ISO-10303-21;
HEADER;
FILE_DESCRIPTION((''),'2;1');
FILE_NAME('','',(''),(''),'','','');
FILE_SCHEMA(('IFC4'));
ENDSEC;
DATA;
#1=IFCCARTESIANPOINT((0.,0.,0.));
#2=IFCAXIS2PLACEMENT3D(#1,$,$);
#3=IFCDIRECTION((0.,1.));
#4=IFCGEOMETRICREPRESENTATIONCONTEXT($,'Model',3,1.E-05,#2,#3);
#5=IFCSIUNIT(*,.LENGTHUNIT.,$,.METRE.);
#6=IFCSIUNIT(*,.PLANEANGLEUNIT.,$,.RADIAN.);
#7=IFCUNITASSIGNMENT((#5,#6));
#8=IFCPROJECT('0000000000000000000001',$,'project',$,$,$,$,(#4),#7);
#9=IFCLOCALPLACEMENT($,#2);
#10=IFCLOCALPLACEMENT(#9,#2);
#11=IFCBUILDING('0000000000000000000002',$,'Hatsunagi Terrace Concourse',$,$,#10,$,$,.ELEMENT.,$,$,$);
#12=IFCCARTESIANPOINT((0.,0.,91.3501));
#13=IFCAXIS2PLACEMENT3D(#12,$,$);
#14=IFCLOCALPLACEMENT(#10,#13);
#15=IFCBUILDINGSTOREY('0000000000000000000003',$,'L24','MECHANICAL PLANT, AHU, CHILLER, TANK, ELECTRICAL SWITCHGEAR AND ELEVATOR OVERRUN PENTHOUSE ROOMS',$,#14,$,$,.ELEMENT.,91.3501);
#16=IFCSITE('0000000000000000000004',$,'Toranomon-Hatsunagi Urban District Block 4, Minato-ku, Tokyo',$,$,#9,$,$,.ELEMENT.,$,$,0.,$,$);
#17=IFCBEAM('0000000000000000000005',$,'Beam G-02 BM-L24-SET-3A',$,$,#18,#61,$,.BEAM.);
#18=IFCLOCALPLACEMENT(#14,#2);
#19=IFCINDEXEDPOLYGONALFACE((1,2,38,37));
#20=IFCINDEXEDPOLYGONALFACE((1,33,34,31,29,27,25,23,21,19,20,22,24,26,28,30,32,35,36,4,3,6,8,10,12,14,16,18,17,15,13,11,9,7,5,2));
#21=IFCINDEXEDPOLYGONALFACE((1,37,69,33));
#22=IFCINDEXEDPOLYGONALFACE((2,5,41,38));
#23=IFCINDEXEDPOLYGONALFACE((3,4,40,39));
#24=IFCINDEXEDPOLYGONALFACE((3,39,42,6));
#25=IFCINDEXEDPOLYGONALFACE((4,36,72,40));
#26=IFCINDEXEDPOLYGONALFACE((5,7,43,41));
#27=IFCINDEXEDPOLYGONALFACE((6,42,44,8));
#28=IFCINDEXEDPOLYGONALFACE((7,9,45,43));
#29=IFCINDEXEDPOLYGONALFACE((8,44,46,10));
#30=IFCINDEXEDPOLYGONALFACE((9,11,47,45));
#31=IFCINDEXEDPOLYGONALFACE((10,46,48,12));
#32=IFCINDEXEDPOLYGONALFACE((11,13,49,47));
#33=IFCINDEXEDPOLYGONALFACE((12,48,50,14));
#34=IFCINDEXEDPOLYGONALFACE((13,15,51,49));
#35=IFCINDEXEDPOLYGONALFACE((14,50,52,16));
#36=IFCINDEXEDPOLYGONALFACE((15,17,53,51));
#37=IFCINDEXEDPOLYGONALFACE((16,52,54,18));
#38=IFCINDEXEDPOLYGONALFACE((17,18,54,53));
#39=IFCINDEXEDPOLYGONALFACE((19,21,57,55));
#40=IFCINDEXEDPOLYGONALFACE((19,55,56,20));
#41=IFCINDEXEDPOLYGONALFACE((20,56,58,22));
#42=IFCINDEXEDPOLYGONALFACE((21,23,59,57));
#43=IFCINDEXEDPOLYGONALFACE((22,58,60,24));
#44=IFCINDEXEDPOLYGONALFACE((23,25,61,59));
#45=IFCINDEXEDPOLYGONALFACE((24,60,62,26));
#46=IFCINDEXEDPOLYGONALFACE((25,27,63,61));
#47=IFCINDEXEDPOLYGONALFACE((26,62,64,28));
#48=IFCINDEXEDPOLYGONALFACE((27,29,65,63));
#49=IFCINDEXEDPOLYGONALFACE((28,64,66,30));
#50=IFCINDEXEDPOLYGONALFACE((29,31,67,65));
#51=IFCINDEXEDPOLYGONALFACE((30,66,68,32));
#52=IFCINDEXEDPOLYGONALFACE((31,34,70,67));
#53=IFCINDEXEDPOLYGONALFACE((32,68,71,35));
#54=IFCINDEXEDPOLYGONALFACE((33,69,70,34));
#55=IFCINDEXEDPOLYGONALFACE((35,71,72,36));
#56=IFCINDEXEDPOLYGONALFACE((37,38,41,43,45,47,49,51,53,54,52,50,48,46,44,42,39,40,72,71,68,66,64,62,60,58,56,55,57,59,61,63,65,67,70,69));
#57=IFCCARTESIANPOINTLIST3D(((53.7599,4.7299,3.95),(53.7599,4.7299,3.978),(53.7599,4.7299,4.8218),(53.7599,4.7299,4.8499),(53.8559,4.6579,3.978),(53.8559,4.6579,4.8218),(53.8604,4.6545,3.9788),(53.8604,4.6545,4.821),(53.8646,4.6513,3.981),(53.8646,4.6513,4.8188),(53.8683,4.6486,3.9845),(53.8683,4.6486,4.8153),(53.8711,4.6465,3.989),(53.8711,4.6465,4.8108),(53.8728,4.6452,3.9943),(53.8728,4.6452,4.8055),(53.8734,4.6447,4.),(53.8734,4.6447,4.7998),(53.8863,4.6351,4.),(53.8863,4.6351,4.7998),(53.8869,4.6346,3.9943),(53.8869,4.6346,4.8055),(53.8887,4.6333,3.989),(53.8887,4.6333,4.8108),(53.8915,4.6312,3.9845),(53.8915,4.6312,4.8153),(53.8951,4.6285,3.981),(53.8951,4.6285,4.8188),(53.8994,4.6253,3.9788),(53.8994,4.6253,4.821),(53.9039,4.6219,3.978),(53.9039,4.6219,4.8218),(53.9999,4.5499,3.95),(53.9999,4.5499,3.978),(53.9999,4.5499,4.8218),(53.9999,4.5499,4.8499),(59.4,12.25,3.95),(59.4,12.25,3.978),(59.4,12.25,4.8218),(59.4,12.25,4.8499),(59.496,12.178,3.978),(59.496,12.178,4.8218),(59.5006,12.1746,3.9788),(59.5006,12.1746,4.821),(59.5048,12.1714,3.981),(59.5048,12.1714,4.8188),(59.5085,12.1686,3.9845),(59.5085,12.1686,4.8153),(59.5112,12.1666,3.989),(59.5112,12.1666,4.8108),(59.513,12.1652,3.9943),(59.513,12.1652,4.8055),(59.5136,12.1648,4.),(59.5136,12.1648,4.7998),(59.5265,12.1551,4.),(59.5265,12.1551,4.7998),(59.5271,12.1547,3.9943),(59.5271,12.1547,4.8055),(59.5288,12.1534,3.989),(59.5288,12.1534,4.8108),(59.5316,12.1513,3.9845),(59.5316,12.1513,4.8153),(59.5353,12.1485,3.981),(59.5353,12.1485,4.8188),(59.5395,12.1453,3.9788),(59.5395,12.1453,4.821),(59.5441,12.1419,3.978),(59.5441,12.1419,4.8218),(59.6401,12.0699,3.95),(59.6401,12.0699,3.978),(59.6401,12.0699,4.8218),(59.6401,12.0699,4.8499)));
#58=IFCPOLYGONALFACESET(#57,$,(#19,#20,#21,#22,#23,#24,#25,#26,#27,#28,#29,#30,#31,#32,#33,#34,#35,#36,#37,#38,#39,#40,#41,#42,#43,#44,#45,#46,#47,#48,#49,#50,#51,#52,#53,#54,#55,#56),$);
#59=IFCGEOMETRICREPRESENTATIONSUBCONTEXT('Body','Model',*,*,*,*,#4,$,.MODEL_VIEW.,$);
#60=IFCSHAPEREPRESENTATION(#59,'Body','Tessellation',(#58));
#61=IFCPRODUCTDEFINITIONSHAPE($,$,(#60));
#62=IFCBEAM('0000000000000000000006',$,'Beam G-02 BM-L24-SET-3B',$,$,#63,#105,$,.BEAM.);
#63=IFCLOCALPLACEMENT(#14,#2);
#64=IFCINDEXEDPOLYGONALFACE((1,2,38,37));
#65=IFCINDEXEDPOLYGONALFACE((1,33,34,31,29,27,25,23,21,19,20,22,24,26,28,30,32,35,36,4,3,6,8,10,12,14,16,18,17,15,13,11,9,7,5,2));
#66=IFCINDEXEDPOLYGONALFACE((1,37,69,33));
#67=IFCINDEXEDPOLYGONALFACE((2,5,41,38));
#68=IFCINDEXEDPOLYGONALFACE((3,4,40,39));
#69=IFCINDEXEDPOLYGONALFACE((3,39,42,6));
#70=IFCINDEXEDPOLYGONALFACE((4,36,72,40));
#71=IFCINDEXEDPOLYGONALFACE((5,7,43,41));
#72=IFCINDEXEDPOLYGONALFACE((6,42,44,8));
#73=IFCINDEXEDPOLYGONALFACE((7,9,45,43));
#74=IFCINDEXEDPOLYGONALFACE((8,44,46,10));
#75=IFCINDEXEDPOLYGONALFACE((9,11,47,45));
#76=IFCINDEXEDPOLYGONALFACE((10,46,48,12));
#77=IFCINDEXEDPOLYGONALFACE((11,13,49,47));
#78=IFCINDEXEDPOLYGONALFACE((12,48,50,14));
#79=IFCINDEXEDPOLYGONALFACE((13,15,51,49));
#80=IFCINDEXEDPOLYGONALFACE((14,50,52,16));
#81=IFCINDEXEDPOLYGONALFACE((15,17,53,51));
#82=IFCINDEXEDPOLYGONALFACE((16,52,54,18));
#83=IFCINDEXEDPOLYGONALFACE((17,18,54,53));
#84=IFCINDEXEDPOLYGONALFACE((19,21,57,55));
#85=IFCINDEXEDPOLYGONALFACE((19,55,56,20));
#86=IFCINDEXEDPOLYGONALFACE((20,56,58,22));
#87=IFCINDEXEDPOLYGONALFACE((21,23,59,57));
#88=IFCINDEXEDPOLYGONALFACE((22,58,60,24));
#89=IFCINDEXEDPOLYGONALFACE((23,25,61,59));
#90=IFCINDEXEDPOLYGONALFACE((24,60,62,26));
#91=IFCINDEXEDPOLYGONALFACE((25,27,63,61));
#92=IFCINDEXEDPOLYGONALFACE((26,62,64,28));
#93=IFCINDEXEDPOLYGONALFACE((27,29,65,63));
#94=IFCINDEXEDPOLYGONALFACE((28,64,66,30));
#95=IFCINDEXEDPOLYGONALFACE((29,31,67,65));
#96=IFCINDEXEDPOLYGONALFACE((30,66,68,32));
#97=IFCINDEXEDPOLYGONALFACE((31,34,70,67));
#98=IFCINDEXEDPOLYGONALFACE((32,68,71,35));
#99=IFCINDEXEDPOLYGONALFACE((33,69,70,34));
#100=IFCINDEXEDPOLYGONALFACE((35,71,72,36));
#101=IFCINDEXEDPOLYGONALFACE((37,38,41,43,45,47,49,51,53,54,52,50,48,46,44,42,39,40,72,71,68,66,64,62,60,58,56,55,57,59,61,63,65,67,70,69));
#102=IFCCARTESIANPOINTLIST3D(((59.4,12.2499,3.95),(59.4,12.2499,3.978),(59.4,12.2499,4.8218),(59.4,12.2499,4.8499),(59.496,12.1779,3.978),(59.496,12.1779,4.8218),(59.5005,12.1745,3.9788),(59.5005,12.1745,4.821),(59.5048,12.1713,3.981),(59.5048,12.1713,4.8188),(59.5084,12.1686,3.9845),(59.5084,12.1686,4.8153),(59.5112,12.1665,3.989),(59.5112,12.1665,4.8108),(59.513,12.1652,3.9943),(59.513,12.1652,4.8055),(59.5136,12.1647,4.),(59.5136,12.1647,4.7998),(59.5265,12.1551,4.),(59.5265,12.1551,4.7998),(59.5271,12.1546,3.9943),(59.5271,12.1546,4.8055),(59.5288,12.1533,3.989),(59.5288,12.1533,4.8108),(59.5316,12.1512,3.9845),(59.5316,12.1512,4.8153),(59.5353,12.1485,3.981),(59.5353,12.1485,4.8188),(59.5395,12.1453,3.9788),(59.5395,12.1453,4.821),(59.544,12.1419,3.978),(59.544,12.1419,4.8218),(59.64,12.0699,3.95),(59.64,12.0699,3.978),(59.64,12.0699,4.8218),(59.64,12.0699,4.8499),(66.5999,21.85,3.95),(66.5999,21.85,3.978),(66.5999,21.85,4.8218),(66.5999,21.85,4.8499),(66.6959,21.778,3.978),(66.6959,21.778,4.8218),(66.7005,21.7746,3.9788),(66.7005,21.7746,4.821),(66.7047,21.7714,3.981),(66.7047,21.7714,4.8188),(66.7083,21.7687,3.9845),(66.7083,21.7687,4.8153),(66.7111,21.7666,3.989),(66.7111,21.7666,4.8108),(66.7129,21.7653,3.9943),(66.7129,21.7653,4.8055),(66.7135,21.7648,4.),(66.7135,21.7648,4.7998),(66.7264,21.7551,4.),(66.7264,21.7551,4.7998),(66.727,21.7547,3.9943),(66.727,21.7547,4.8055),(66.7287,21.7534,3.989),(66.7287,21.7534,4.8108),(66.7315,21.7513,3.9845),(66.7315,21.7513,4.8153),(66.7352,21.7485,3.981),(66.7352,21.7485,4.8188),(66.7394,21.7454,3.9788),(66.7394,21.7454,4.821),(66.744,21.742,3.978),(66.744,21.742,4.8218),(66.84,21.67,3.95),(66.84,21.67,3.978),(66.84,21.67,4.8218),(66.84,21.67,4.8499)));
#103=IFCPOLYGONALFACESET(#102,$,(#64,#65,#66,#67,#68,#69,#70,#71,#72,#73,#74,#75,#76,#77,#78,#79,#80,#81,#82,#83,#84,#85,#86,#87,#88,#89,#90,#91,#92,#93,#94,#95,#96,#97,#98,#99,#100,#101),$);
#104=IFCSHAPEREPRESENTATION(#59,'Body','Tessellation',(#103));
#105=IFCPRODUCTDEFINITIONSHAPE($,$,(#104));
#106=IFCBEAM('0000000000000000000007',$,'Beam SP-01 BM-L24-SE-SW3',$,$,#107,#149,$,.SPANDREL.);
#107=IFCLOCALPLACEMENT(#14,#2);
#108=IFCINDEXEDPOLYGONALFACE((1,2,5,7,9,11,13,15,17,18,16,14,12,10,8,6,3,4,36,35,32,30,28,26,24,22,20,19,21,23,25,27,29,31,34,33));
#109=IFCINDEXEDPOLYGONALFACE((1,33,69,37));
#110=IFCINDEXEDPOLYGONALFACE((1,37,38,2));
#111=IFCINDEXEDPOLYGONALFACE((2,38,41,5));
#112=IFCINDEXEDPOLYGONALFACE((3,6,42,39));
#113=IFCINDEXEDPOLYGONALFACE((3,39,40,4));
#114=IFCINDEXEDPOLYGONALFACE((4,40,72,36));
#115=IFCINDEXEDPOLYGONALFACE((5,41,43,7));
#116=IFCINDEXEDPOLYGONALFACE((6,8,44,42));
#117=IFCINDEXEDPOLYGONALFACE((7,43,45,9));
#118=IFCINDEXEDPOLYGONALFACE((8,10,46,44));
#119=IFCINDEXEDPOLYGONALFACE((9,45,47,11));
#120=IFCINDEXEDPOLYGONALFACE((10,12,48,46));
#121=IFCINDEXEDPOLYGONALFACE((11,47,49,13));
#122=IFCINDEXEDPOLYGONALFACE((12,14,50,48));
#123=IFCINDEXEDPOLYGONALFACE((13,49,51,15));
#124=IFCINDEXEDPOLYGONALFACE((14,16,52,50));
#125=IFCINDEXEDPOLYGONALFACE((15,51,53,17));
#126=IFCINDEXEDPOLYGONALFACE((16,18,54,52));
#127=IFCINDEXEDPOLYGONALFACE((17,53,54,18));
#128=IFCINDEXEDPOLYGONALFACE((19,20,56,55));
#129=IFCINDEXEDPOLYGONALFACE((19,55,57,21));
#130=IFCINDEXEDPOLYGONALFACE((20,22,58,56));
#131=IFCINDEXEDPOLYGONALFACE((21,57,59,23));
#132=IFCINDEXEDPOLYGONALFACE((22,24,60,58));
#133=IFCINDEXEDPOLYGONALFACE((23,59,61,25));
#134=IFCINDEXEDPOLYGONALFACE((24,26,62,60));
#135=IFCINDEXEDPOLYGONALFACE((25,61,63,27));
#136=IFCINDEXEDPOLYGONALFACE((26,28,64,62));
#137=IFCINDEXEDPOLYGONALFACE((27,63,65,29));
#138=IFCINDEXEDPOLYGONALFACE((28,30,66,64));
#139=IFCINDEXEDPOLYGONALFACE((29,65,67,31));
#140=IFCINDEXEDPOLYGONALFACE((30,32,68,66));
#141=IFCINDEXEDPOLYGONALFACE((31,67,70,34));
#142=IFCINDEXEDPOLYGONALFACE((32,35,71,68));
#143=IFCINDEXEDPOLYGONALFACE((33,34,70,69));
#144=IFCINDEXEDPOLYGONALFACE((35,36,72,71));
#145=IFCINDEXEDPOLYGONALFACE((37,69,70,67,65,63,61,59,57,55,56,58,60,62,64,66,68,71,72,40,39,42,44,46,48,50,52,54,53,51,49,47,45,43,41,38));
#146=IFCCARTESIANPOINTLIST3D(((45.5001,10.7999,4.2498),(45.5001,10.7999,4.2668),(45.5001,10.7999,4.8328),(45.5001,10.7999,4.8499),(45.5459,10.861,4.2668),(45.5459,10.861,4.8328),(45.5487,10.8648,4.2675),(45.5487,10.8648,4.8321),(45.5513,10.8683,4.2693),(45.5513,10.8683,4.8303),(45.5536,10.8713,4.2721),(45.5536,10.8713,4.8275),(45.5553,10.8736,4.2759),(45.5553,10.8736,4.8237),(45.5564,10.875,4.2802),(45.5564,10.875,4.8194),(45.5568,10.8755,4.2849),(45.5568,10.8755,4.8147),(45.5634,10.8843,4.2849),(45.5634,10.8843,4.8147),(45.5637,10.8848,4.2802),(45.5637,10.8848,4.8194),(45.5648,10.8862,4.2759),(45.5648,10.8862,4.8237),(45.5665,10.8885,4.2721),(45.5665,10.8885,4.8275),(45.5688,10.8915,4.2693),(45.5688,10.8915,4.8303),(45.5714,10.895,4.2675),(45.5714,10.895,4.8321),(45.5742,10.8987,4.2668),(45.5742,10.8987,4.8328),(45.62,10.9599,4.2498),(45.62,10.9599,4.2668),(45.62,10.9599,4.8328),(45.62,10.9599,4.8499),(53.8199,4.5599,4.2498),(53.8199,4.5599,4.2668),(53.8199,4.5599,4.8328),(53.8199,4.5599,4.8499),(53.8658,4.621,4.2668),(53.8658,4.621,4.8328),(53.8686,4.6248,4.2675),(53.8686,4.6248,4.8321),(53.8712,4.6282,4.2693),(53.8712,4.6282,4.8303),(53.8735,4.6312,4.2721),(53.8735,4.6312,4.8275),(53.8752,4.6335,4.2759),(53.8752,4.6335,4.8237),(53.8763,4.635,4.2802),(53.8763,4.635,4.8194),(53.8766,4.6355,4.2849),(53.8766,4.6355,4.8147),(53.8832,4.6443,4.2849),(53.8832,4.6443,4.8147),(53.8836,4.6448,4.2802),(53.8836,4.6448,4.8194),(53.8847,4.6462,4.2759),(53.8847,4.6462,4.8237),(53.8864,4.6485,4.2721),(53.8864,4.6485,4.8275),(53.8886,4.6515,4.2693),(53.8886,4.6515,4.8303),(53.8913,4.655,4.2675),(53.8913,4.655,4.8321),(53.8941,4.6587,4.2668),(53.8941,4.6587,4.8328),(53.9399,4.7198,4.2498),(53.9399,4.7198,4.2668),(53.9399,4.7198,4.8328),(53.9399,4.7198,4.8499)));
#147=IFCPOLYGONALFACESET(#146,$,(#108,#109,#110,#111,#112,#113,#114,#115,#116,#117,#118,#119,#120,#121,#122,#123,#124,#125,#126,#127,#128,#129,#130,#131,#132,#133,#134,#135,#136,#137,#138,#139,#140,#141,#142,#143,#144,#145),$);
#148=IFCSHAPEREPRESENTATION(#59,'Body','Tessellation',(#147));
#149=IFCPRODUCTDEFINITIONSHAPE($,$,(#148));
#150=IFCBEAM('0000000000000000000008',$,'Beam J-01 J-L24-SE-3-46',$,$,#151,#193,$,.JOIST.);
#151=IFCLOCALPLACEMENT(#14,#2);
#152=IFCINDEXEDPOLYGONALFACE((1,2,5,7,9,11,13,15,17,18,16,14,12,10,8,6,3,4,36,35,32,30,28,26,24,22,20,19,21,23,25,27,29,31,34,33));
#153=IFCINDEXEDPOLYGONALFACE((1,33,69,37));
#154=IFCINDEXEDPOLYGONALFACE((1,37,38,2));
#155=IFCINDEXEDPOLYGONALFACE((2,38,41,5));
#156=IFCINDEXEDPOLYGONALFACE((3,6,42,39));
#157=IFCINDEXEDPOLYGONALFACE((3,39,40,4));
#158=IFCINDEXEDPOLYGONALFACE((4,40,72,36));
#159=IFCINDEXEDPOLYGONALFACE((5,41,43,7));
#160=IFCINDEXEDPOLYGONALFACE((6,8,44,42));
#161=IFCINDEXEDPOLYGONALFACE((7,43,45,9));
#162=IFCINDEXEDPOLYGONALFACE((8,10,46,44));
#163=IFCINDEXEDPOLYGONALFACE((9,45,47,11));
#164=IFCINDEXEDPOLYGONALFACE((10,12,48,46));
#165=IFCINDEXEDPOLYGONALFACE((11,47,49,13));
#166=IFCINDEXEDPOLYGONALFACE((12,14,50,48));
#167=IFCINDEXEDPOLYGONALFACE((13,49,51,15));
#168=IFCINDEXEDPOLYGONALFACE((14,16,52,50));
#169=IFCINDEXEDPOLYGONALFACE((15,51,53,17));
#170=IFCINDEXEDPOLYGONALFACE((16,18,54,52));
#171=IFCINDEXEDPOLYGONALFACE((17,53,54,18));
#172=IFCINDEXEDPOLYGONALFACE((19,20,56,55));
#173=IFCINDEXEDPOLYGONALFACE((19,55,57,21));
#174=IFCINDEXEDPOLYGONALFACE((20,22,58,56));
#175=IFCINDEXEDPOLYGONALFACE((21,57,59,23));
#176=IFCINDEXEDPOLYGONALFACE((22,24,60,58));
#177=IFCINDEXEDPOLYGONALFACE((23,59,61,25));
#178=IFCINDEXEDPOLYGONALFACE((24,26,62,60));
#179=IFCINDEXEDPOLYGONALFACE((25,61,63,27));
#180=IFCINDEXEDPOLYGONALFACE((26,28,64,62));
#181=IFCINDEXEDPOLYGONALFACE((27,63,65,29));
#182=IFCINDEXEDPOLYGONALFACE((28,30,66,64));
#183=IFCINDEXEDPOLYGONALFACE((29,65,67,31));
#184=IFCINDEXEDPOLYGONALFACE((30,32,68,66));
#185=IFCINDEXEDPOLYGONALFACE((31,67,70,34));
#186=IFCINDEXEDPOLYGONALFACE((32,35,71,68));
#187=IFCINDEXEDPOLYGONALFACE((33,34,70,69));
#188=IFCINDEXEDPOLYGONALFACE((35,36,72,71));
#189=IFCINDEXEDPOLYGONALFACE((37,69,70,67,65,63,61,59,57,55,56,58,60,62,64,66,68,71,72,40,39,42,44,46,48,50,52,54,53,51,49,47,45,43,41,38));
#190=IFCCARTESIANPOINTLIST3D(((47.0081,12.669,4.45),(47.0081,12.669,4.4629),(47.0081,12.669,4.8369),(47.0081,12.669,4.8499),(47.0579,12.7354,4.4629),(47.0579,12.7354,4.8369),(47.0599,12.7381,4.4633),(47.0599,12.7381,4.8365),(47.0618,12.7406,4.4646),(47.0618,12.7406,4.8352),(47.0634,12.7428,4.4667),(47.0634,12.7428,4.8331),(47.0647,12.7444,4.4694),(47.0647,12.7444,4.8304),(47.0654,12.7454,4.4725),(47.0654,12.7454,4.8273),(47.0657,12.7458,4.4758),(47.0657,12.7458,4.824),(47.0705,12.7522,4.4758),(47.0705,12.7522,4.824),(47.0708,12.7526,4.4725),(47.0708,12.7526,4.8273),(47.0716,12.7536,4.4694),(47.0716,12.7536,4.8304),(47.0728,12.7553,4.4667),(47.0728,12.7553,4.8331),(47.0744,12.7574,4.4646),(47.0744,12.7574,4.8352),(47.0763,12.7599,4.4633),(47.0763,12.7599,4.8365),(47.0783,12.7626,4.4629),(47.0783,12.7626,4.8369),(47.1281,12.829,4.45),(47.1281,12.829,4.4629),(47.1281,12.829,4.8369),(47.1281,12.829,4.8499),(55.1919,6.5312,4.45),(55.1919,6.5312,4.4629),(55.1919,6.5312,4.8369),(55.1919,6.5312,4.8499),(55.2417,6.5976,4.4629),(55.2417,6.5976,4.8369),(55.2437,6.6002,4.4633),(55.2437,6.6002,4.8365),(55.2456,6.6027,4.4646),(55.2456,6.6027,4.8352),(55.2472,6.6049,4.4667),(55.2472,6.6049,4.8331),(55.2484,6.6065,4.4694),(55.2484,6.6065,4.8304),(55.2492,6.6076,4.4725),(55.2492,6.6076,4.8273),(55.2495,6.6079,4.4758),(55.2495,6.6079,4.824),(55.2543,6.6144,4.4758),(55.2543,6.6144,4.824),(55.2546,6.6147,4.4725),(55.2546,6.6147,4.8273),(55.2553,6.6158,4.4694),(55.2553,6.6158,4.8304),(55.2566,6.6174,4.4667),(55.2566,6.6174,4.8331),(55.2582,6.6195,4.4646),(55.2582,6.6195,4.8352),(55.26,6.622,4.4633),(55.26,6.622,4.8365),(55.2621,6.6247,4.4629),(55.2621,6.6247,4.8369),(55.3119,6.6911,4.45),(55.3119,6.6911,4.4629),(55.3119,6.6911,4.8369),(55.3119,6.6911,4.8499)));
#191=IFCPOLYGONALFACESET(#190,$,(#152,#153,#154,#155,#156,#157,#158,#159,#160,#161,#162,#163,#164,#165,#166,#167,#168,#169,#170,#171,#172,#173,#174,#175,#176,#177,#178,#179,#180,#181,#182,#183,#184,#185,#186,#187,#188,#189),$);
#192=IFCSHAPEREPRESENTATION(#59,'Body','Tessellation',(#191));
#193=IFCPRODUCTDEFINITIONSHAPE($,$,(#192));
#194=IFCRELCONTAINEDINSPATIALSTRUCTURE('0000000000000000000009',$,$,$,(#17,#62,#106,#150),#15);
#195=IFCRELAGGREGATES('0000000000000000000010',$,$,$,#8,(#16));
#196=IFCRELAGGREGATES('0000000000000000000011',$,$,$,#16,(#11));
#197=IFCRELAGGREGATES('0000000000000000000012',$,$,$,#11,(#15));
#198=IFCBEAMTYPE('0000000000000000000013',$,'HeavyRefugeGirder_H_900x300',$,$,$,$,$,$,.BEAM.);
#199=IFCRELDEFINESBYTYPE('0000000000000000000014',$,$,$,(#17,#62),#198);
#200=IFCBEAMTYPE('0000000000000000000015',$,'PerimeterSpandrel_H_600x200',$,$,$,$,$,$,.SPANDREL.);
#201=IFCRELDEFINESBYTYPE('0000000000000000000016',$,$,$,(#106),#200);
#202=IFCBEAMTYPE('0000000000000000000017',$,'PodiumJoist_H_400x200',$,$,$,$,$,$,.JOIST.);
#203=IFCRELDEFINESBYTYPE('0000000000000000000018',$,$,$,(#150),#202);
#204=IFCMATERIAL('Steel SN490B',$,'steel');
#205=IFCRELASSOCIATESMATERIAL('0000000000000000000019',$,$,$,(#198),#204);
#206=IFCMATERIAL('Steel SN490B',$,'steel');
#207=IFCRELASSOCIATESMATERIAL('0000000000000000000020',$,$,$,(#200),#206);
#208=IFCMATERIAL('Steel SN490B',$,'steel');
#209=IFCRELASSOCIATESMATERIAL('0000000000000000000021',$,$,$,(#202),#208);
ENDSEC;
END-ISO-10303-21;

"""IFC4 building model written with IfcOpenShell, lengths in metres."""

from ifc_helpers import new_model, si_unit, direction, frame, origin, origin_2d, place, context, subcontext, project, spatial, i_section, extrude, material, material_profile, profile_set, type_object, element, save


model = new_model("IFC4")

# Units and contexts
model_context = context("Model", 3, precision=1e-05, world=origin(), true_north=direction((0.0, 1.0)))
body_context = subcontext(model_context, "Body", "Model", "MODEL_VIEW")
ifc_project = project(units=[si_unit("LENGTHUNIT", "METRE"), si_unit("PLANEANGLEUNIT", "RADIAN")], contexts=[model_context])

# Site, building, storey
site_placement = place(None, origin())
site = spatial("IfcSite", under=ifc_project, at=site_placement, Name="Toranomon-Hatsunagi Urban District Block 4, Minato-ku, Tokyo", CompositionType="ELEMENT", RefElevation=0.0)
building_placement = place(site_placement, origin())
building = spatial("IfcBuilding", under=site, at=building_placement, Name="Hatsunagi Terrace Concourse", CompositionType="ELEMENT")
storey_placement = place(building_placement, frame((0.0, 0.0, 91.3501)))
storey = spatial("IfcBuildingStorey", under=building, at=storey_placement, Name="L24", Description="MECHANICAL PLANT, AHU, CHILLER, TANK, ELECTRICAL SWITCHGEAR AND ELEVATOR OVERRUN PENTHOUSE ROOMS", CompositionType="ELEMENT", Elevation=91.3501)

# Beams
ifc_material_1 = material(Name="Steel SN490B", Category="steel")
ifc_material_profile_1 = material_profile(ifc_material_1, i_section(OverallWidth=0.3, OverallDepth=0.8999, WebThickness=0.0161, FlangeThickness=0.0281, FilletRadius=0.022, at=origin_2d()), Name="H-900x300x16x28")
ifc_profile_set_1 = profile_set([ifc_material_profile_1], Name="Steel SN490B")
beam_type_1 = type_object("IfcBeamType", Name="HeavyRefugeGirder_H_900x300", PredefinedType="BEAM", material=ifc_profile_set_1)
beam_1_placement = place(storey_placement, frame((53.8799, 4.6399, 4.3999), z_axis=(0.600008, 0.799994, 0.0), x_axis=(-0.799994, 0.600008, 0.0)))
element("IfcBeam", 1, at=beam_1_placement, inside=storey, type_object=beam_type_1, Name="Beam G-02 BM-L24-SET-3A", PredefinedType="BEAM", context=body_context, shape_type="SweptSolid", body=[
    extrude(i_section(OverallWidth=0.3, OverallDepth=0.8999, WebThickness=0.0161, FlangeThickness=0.0281, FilletRadius=0.022, at=origin_2d()), origin(), (0.0, 0.0, 1.0), 9.4001),
])
beam_2_placement = place(storey_placement, frame((59.52, 12.1599, 4.3999), z_axis=(0.599993, 0.800005, 0.0), x_axis=(-0.800005, 0.599993, 0.0)))
element("IfcBeam", 2, at=beam_2_placement, inside=storey, type_object=beam_type_1, Name="Beam G-02 BM-L24-SET-3B", PredefinedType="BEAM", context=body_context, shape_type="SweptSolid", body=[
    extrude(i_section(OverallWidth=0.3, OverallDepth=0.8999, WebThickness=0.0161, FlangeThickness=0.0281, FilletRadius=0.022, at=origin_2d()), origin(), (0.0, 0.0, 1.0), 12.0),
])
ifc_material_2 = material(Name="Steel SN490B", Category="steel")
ifc_material_profile_2 = material_profile(ifc_material_2, i_section(OverallWidth=0.2, OverallDepth=0.6001, WebThickness=0.011, FlangeThickness=0.0171, FilletRadius=0.0181, at=origin_2d()), Name="H-600x200x11x17")
ifc_profile_set_2 = profile_set([ifc_material_profile_2], Name="Steel SN490B")
beam_type_2 = type_object("IfcBeamType", Name="PerimeterSpandrel_H_600x200", PredefinedType="SPANDREL", material=ifc_profile_set_2)
beam_3_placement = place(storey_placement, frame((45.5601, 10.8799, 4.5498), z_axis=(0.799994, -0.600008, 0.0), x_axis=(0.600008, 0.799994, 0.0)))
element("IfcBeam", 3, at=beam_3_placement, inside=storey, type_object=beam_type_2, Name="Beam SP-01 BM-L24-SE-SW3", PredefinedType="SPANDREL", context=body_context, shape_type="SweptSolid", body=[
    extrude(i_section(OverallWidth=0.2, OverallDepth=0.6001, WebThickness=0.011, FlangeThickness=0.0171, FilletRadius=0.0181, at=origin_2d()), origin(), (0.0, 0.0, 1.0), 10.3999),
])
ifc_material_3 = material(Name="Steel SN490B", Category="steel")
ifc_material_profile_3 = material_profile(ifc_material_3, i_section(OverallWidth=0.2, OverallDepth=0.3999, WebThickness=0.0081, FlangeThickness=0.0129, FilletRadius=0.0129, at=origin_2d()), Name="H-400x200x8x13")
ifc_profile_set_3 = profile_set([ifc_material_profile_3], Name="Steel SN490B")
beam_type_3 = type_object("IfcBeamType", Name="PodiumJoist_H_400x200", PredefinedType="JOIST", material=ifc_profile_set_3)
beam_4_placement = place(storey_placement, frame((47.0681, 12.749, 4.6499), z_axis=(0.799997, -0.600004, 0.0), x_axis=(0.600004, 0.799997, 0.0)))
element("IfcBeam", 4, at=beam_4_placement, inside=storey, type_object=beam_type_3, Name="Beam J-01 J-L24-SE-3-46", PredefinedType="JOIST", context=body_context, shape_type="SweptSolid", body=[
    extrude(i_section(OverallWidth=0.2, OverallDepth=0.3999, WebThickness=0.0081, FlangeThickness=0.0129, FilletRadius=0.0129, at=origin_2d()), origin(), (0.0, 0.0, 1.0), 10.2297),
])

save(model, "model.ifc")
